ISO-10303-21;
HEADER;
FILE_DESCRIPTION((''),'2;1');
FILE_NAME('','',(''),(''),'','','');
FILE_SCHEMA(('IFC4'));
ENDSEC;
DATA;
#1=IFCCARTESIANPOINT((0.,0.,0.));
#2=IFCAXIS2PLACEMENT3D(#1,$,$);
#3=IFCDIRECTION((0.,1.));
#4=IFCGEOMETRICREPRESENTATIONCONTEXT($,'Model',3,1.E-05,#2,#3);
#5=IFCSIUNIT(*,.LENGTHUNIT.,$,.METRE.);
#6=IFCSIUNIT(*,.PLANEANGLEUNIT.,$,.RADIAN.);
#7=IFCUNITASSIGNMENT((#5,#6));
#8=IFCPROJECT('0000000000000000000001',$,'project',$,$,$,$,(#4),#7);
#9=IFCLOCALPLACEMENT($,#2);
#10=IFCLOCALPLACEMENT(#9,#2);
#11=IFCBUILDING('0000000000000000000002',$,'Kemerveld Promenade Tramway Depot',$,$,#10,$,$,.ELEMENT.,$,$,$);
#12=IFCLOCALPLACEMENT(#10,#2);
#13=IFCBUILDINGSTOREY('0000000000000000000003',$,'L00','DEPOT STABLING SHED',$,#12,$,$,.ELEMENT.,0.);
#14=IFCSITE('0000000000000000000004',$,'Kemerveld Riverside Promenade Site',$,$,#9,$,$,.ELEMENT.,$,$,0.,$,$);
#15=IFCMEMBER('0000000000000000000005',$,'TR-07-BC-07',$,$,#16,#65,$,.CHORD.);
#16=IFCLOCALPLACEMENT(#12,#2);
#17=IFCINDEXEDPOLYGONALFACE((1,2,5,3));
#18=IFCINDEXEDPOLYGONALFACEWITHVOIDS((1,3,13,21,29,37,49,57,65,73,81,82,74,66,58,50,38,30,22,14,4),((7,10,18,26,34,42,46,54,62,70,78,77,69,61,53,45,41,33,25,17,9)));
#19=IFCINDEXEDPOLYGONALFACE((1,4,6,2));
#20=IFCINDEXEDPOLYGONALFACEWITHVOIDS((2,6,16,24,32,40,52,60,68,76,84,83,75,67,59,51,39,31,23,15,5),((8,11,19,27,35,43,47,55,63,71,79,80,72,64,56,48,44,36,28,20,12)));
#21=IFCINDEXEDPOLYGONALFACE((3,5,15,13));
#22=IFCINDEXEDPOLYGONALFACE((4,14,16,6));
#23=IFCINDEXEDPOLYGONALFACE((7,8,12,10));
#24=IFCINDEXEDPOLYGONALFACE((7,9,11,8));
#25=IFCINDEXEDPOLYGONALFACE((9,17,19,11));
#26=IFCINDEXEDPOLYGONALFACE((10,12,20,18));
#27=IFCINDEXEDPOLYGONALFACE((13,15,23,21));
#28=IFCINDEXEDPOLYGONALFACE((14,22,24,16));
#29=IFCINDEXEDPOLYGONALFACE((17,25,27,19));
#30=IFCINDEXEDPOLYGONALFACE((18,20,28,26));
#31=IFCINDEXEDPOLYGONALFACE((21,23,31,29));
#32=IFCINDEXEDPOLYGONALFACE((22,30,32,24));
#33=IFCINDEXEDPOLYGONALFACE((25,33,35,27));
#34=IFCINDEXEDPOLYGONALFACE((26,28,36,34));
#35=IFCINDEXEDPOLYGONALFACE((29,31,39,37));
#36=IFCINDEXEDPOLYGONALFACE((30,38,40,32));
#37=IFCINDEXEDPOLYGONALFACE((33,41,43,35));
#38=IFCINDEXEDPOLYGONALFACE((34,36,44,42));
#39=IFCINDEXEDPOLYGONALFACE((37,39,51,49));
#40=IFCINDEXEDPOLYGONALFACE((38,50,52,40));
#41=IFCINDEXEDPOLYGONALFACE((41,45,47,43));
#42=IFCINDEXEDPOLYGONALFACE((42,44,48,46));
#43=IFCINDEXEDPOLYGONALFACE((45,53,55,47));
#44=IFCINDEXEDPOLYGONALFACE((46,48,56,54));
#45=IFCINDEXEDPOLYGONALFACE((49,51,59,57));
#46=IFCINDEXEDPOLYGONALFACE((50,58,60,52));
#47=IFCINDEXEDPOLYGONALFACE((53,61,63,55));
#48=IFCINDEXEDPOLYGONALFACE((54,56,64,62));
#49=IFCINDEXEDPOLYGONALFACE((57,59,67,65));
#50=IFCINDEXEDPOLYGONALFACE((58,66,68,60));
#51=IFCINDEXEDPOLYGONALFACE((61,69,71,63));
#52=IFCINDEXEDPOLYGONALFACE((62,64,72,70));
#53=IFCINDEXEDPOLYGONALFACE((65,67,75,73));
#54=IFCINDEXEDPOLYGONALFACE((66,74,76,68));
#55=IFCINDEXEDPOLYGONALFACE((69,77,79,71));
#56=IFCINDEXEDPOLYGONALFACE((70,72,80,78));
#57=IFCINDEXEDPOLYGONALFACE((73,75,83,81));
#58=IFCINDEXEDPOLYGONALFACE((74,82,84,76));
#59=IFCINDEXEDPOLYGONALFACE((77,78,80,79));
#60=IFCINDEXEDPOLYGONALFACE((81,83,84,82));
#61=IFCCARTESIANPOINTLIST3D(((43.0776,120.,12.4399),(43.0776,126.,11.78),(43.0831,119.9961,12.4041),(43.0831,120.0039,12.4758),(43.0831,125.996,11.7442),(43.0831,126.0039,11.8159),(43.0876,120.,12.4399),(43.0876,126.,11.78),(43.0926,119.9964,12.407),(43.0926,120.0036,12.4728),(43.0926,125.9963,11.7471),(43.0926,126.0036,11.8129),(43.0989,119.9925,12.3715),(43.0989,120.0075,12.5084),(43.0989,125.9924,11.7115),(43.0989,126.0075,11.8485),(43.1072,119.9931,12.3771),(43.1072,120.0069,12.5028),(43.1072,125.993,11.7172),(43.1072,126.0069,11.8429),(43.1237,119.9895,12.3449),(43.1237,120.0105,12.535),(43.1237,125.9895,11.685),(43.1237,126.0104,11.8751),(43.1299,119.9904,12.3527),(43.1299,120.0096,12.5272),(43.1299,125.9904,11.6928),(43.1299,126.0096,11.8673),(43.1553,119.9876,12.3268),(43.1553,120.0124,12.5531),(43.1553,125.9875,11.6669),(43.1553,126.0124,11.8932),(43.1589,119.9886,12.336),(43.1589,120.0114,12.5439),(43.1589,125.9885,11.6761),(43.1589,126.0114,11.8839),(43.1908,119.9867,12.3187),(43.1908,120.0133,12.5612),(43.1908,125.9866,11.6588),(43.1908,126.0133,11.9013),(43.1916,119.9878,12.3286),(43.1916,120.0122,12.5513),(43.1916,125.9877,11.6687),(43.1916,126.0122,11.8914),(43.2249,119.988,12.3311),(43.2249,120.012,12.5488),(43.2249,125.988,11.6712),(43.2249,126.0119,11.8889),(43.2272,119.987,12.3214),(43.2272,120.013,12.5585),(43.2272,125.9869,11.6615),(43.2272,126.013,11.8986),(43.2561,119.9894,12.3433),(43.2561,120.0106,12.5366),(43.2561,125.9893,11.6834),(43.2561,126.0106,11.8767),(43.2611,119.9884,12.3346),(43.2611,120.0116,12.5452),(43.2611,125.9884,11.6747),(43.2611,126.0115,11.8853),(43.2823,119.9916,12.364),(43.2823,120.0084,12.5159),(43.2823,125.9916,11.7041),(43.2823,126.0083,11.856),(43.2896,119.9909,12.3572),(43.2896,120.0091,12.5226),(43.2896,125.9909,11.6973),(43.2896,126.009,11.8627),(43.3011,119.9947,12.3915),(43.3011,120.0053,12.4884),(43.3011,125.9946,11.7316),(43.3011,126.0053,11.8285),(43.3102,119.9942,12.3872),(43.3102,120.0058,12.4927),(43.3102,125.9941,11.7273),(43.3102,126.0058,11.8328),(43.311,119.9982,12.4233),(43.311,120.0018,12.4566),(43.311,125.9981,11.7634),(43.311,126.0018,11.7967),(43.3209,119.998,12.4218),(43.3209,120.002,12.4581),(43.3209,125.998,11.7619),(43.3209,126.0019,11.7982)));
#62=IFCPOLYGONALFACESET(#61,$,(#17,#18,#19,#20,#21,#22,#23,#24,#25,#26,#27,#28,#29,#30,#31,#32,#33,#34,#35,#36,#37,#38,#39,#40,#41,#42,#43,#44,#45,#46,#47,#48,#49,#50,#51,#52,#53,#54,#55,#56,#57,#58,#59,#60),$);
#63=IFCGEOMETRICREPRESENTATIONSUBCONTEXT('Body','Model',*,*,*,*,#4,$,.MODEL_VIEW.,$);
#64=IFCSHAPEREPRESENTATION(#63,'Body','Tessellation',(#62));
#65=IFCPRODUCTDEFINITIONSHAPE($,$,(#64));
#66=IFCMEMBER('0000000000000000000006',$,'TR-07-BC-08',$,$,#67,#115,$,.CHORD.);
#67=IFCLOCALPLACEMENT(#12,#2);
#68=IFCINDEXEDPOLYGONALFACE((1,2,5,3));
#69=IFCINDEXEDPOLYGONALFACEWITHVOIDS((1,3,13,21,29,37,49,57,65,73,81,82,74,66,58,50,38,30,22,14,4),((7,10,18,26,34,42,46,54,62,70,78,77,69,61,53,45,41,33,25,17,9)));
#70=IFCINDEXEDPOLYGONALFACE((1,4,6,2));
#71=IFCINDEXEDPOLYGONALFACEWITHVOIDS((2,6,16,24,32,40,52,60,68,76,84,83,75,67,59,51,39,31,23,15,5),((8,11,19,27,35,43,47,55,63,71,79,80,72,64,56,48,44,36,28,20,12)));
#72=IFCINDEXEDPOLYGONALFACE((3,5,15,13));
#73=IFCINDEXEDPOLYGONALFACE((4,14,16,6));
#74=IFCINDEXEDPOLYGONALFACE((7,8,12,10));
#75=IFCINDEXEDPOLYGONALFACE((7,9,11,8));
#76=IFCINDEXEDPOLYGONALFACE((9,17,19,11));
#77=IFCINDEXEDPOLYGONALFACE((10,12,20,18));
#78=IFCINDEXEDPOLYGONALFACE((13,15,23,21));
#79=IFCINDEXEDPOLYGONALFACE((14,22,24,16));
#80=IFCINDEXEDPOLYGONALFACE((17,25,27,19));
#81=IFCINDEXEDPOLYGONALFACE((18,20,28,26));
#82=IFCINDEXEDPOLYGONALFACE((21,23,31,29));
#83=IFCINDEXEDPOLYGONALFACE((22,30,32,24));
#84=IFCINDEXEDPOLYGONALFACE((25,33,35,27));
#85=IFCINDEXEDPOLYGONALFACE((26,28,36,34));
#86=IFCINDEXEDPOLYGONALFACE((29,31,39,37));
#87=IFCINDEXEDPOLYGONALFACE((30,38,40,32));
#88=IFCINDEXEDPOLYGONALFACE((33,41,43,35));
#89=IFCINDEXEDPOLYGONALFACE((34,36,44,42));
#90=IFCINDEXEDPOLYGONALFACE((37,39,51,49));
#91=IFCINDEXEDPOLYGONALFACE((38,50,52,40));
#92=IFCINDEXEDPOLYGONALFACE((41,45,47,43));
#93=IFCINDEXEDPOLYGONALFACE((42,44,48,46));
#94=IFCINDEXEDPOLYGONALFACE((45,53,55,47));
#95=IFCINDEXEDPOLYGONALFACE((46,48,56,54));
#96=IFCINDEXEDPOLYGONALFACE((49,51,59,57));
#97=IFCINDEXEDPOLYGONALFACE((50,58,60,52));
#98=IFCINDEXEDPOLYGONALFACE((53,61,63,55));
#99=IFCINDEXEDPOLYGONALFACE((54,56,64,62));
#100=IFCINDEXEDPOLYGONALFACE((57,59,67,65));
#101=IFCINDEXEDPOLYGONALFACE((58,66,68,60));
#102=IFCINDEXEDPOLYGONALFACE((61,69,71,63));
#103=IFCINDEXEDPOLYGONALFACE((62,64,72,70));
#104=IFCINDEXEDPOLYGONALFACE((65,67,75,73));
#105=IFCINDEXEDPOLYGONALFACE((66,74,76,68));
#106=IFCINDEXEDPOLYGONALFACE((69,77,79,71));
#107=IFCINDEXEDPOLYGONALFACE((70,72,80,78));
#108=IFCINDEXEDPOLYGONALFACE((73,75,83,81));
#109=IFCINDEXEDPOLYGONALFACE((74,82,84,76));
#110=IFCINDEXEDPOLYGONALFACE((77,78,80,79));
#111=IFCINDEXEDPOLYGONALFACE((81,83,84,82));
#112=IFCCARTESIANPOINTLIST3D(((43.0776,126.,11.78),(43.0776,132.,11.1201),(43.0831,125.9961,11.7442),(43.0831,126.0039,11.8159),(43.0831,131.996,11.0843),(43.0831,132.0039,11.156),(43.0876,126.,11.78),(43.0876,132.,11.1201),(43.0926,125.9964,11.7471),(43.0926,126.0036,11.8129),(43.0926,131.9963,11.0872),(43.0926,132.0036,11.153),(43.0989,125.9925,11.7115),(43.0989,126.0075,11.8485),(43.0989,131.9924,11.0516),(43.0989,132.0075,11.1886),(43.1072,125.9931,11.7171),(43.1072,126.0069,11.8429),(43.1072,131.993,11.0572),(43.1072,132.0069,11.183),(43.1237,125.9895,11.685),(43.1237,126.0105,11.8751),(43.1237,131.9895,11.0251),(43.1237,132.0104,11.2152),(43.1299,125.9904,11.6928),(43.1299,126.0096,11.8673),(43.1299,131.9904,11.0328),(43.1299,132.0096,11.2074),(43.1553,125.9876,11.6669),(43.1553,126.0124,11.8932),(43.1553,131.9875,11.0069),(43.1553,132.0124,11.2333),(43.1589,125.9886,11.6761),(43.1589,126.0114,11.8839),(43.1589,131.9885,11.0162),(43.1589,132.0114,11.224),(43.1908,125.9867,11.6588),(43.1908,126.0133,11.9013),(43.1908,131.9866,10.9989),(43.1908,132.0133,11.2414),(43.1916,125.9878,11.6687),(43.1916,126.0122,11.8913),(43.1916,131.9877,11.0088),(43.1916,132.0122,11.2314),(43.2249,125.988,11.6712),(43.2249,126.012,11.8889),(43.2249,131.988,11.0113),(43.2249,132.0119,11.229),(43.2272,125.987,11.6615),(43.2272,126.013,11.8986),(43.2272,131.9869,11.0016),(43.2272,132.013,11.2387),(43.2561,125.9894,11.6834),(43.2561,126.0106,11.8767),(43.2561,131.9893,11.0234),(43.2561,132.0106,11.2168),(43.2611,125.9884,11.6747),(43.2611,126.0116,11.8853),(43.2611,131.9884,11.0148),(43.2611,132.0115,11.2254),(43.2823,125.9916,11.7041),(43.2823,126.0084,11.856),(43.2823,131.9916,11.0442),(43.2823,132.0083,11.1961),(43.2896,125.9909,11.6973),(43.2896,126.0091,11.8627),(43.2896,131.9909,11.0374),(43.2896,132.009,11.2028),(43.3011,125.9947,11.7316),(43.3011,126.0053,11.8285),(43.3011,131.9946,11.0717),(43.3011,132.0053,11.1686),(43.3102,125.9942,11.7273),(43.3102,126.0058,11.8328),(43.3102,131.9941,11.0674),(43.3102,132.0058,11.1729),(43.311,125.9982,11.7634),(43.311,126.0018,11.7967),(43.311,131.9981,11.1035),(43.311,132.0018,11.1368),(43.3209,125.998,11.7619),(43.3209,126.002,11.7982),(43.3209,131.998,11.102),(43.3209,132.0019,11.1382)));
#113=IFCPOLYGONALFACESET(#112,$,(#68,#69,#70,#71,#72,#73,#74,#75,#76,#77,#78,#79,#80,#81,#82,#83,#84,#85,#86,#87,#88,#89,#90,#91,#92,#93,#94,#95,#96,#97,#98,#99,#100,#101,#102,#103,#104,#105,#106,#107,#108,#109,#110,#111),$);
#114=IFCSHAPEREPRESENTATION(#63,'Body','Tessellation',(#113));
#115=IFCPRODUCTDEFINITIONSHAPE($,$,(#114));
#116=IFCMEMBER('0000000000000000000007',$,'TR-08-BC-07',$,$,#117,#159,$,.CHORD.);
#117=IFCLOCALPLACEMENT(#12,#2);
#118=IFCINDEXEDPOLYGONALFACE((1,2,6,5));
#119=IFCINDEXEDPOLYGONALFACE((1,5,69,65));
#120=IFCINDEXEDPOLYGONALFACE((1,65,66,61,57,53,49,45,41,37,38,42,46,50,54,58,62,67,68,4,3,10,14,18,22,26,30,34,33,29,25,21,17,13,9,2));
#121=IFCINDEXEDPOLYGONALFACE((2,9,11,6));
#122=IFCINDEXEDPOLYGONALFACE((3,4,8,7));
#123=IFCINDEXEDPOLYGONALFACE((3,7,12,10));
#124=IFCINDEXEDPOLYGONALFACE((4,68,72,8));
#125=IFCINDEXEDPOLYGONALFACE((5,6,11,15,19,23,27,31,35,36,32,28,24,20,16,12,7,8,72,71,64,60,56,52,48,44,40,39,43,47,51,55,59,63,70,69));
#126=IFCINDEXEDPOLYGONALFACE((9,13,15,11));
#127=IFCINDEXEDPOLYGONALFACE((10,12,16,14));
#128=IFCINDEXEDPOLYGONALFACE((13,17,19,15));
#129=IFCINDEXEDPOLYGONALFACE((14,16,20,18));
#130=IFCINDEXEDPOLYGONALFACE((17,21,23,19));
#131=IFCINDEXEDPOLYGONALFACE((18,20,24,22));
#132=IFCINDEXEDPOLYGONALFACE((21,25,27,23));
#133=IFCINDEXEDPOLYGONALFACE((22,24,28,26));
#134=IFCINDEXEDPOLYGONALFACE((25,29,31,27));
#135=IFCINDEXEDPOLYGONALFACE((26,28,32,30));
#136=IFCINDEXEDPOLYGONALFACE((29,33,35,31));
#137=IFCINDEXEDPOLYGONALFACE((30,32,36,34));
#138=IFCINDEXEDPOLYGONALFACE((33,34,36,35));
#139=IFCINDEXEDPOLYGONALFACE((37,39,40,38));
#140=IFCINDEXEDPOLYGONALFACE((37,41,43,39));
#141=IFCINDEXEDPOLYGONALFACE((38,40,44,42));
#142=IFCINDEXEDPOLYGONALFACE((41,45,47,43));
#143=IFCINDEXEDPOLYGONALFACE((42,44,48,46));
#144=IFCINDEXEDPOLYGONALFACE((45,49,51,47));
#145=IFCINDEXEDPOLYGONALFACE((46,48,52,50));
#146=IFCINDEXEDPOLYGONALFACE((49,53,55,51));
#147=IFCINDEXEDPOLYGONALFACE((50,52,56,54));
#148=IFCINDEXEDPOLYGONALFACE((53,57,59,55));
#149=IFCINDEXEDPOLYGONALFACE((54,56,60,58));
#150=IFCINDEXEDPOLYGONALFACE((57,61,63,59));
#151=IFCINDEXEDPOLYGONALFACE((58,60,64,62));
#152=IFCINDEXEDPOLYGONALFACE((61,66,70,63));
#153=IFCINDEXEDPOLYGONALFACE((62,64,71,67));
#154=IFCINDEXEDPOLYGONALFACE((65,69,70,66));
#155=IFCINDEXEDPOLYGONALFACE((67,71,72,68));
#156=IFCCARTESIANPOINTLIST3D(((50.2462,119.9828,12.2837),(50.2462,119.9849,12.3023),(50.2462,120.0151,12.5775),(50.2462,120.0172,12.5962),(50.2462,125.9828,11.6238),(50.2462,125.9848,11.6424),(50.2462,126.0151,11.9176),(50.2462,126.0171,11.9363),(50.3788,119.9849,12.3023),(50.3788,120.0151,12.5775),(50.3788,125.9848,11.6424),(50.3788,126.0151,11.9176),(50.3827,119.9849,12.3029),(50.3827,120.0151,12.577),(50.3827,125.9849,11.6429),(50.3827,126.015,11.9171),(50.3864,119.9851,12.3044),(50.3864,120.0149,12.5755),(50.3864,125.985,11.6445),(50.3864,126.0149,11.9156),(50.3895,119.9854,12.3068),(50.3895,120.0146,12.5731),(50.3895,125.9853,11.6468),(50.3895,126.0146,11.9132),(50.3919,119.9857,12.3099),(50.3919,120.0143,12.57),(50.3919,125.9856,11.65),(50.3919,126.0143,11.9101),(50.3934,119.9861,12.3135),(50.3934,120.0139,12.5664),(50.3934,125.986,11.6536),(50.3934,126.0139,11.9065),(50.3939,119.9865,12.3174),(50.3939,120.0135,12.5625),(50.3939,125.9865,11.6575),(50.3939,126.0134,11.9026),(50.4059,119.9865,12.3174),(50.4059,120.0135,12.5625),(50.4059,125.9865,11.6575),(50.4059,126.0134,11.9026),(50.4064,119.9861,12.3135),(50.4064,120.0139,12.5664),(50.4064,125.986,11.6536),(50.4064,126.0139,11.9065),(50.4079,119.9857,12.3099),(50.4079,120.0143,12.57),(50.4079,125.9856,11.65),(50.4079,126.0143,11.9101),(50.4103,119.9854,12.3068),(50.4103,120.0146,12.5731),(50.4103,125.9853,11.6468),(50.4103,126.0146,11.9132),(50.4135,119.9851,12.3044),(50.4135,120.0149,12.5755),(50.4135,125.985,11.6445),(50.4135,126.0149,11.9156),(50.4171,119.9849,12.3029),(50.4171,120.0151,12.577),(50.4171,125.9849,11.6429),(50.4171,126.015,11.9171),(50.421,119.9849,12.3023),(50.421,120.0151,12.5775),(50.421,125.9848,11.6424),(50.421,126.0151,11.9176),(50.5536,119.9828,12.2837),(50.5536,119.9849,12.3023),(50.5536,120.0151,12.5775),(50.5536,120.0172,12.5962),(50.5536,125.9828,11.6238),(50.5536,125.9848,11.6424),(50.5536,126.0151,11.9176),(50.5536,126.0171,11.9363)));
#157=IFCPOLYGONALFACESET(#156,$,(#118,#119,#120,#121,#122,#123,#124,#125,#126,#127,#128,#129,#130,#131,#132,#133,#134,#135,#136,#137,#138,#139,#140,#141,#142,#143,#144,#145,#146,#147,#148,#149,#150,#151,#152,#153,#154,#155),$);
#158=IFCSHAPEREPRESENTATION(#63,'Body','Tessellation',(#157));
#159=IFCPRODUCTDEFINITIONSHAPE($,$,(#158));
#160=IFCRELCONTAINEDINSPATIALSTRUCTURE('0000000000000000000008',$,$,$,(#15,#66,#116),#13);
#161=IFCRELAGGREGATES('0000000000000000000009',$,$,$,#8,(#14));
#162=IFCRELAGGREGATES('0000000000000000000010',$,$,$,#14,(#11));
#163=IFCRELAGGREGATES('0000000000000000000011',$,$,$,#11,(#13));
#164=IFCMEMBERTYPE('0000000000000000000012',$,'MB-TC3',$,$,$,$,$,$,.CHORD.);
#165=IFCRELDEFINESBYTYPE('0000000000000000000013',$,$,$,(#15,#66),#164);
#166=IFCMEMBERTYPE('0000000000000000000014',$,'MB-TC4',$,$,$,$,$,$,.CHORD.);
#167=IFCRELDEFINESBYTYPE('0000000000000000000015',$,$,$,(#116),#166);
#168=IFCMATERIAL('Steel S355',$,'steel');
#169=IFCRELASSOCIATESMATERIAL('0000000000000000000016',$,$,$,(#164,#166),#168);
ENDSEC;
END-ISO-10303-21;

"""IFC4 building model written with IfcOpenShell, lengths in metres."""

from ifc_helpers import new_model, si_unit, direction, frame, origin, origin_2d, place, context, subcontext, project, spatial, hollow_circle, i_section, extrude, material, material_profile, profile_set, type_object, element, save


model = new_model("IFC4")

# Units and contexts
model_context = context("Model", 3, precision=1e-05, world=origin(), true_north=direction((0.0, 1.0)))
body_context = subcontext(model_context, "Body", "Model", "MODEL_VIEW")
ifc_project = project(units=[si_unit("LENGTHUNIT", "METRE"), si_unit("PLANEANGLEUNIT", "RADIAN")], contexts=[model_context])

# Site, building, storey
site_placement = place(None, origin())
site = spatial("IfcSite", under=ifc_project, at=site_placement, Name="Kemerveld Riverside Promenade Site", CompositionType="ELEMENT", RefElevation=0.0)
building_placement = place(site_placement, origin())
building = spatial("IfcBuilding", under=site, at=building_placement, Name="Kemerveld Promenade Tramway Depot", CompositionType="ELEMENT")
storey_placement = place(building_placement, origin())
storey = spatial("IfcBuildingStorey", under=building, at=storey_placement, Name="L00", Description="DEPOT STABLING SHED", CompositionType="ELEMENT", Elevation=0.0)

# Members
ifc_material_1 = material(Name="Steel S355", Category="steel")
ifc_material_profile_1 = material_profile(ifc_material_1, hollow_circle(Radius=0.1223, WallThickness=0.01, at=origin_2d()), Name="244.5x10.0 CHS")
ifc_profile_set_1 = profile_set([ifc_material_profile_1], Name="Steel S355")
member_type_1 = type_object("IfcMemberType", Name="MB-TC3", PredefinedType="CHORD", material=ifc_profile_set_1)
for number, where, z_axis, x_axis, name in (
    (1, (43.2, 120.0, 12.4399), (0.0, 0.994006, -0.109326), (-1.0, 0.0, 0.0), "TR-07-BC-07"),
    (2, (43.2, 126.0, 11.78), (0.0, 0.994006, -0.109326), (-1.0, 0.0, 0.0), "TR-07-BC-08"),
):
    element("IfcMember", number, at=place(storey_placement, frame(where, z_axis=z_axis, x_axis=x_axis)), inside=storey, type_object=member_type_1, Name=name, PredefinedType="CHORD", context=body_context, shape_type="SweptSolid", body=[
        extrude(hollow_circle(Radius=0.1223, WallThickness=0.01, at=origin_2d()), origin(), (0.0, 0.0, 1.0), 6.0361),
    ])
ifc_material_profile_2 = material_profile(ifc_material_1, i_section(OverallWidth=0.3074, OverallDepth=0.3145, WebThickness=0.012, FlangeThickness=0.0188, FilletRadius=0.0151, at=origin_2d()), Name="305x305x118 UC")
ifc_profile_set_2 = profile_set([ifc_material_profile_2], Name="Steel S355")
member_type_2 = type_object("IfcMemberType", Name="MB-TC4", PredefinedType="CHORD", material=ifc_profile_set_2)
member_1_placement = place(storey_placement, frame((50.3999, 120.0, 12.4399), z_axis=(0.0, 0.994006, -0.109326), x_axis=(-1.0, 0.0, 0.0)))
element("IfcMember", 3, at=member_1_placement, inside=storey, type_object=member_type_2, Name="TR-08-BC-07", PredefinedType="CHORD", context=body_context, shape_type="SweptSolid", body=[
    extrude(i_section(OverallWidth=0.3074, OverallDepth=0.3145, WebThickness=0.012, FlangeThickness=0.0188, FilletRadius=0.0151, at=origin_2d()), origin(), (0.0, 0.0, 1.0), 6.0361),
])

save(model, "model.ifc")
